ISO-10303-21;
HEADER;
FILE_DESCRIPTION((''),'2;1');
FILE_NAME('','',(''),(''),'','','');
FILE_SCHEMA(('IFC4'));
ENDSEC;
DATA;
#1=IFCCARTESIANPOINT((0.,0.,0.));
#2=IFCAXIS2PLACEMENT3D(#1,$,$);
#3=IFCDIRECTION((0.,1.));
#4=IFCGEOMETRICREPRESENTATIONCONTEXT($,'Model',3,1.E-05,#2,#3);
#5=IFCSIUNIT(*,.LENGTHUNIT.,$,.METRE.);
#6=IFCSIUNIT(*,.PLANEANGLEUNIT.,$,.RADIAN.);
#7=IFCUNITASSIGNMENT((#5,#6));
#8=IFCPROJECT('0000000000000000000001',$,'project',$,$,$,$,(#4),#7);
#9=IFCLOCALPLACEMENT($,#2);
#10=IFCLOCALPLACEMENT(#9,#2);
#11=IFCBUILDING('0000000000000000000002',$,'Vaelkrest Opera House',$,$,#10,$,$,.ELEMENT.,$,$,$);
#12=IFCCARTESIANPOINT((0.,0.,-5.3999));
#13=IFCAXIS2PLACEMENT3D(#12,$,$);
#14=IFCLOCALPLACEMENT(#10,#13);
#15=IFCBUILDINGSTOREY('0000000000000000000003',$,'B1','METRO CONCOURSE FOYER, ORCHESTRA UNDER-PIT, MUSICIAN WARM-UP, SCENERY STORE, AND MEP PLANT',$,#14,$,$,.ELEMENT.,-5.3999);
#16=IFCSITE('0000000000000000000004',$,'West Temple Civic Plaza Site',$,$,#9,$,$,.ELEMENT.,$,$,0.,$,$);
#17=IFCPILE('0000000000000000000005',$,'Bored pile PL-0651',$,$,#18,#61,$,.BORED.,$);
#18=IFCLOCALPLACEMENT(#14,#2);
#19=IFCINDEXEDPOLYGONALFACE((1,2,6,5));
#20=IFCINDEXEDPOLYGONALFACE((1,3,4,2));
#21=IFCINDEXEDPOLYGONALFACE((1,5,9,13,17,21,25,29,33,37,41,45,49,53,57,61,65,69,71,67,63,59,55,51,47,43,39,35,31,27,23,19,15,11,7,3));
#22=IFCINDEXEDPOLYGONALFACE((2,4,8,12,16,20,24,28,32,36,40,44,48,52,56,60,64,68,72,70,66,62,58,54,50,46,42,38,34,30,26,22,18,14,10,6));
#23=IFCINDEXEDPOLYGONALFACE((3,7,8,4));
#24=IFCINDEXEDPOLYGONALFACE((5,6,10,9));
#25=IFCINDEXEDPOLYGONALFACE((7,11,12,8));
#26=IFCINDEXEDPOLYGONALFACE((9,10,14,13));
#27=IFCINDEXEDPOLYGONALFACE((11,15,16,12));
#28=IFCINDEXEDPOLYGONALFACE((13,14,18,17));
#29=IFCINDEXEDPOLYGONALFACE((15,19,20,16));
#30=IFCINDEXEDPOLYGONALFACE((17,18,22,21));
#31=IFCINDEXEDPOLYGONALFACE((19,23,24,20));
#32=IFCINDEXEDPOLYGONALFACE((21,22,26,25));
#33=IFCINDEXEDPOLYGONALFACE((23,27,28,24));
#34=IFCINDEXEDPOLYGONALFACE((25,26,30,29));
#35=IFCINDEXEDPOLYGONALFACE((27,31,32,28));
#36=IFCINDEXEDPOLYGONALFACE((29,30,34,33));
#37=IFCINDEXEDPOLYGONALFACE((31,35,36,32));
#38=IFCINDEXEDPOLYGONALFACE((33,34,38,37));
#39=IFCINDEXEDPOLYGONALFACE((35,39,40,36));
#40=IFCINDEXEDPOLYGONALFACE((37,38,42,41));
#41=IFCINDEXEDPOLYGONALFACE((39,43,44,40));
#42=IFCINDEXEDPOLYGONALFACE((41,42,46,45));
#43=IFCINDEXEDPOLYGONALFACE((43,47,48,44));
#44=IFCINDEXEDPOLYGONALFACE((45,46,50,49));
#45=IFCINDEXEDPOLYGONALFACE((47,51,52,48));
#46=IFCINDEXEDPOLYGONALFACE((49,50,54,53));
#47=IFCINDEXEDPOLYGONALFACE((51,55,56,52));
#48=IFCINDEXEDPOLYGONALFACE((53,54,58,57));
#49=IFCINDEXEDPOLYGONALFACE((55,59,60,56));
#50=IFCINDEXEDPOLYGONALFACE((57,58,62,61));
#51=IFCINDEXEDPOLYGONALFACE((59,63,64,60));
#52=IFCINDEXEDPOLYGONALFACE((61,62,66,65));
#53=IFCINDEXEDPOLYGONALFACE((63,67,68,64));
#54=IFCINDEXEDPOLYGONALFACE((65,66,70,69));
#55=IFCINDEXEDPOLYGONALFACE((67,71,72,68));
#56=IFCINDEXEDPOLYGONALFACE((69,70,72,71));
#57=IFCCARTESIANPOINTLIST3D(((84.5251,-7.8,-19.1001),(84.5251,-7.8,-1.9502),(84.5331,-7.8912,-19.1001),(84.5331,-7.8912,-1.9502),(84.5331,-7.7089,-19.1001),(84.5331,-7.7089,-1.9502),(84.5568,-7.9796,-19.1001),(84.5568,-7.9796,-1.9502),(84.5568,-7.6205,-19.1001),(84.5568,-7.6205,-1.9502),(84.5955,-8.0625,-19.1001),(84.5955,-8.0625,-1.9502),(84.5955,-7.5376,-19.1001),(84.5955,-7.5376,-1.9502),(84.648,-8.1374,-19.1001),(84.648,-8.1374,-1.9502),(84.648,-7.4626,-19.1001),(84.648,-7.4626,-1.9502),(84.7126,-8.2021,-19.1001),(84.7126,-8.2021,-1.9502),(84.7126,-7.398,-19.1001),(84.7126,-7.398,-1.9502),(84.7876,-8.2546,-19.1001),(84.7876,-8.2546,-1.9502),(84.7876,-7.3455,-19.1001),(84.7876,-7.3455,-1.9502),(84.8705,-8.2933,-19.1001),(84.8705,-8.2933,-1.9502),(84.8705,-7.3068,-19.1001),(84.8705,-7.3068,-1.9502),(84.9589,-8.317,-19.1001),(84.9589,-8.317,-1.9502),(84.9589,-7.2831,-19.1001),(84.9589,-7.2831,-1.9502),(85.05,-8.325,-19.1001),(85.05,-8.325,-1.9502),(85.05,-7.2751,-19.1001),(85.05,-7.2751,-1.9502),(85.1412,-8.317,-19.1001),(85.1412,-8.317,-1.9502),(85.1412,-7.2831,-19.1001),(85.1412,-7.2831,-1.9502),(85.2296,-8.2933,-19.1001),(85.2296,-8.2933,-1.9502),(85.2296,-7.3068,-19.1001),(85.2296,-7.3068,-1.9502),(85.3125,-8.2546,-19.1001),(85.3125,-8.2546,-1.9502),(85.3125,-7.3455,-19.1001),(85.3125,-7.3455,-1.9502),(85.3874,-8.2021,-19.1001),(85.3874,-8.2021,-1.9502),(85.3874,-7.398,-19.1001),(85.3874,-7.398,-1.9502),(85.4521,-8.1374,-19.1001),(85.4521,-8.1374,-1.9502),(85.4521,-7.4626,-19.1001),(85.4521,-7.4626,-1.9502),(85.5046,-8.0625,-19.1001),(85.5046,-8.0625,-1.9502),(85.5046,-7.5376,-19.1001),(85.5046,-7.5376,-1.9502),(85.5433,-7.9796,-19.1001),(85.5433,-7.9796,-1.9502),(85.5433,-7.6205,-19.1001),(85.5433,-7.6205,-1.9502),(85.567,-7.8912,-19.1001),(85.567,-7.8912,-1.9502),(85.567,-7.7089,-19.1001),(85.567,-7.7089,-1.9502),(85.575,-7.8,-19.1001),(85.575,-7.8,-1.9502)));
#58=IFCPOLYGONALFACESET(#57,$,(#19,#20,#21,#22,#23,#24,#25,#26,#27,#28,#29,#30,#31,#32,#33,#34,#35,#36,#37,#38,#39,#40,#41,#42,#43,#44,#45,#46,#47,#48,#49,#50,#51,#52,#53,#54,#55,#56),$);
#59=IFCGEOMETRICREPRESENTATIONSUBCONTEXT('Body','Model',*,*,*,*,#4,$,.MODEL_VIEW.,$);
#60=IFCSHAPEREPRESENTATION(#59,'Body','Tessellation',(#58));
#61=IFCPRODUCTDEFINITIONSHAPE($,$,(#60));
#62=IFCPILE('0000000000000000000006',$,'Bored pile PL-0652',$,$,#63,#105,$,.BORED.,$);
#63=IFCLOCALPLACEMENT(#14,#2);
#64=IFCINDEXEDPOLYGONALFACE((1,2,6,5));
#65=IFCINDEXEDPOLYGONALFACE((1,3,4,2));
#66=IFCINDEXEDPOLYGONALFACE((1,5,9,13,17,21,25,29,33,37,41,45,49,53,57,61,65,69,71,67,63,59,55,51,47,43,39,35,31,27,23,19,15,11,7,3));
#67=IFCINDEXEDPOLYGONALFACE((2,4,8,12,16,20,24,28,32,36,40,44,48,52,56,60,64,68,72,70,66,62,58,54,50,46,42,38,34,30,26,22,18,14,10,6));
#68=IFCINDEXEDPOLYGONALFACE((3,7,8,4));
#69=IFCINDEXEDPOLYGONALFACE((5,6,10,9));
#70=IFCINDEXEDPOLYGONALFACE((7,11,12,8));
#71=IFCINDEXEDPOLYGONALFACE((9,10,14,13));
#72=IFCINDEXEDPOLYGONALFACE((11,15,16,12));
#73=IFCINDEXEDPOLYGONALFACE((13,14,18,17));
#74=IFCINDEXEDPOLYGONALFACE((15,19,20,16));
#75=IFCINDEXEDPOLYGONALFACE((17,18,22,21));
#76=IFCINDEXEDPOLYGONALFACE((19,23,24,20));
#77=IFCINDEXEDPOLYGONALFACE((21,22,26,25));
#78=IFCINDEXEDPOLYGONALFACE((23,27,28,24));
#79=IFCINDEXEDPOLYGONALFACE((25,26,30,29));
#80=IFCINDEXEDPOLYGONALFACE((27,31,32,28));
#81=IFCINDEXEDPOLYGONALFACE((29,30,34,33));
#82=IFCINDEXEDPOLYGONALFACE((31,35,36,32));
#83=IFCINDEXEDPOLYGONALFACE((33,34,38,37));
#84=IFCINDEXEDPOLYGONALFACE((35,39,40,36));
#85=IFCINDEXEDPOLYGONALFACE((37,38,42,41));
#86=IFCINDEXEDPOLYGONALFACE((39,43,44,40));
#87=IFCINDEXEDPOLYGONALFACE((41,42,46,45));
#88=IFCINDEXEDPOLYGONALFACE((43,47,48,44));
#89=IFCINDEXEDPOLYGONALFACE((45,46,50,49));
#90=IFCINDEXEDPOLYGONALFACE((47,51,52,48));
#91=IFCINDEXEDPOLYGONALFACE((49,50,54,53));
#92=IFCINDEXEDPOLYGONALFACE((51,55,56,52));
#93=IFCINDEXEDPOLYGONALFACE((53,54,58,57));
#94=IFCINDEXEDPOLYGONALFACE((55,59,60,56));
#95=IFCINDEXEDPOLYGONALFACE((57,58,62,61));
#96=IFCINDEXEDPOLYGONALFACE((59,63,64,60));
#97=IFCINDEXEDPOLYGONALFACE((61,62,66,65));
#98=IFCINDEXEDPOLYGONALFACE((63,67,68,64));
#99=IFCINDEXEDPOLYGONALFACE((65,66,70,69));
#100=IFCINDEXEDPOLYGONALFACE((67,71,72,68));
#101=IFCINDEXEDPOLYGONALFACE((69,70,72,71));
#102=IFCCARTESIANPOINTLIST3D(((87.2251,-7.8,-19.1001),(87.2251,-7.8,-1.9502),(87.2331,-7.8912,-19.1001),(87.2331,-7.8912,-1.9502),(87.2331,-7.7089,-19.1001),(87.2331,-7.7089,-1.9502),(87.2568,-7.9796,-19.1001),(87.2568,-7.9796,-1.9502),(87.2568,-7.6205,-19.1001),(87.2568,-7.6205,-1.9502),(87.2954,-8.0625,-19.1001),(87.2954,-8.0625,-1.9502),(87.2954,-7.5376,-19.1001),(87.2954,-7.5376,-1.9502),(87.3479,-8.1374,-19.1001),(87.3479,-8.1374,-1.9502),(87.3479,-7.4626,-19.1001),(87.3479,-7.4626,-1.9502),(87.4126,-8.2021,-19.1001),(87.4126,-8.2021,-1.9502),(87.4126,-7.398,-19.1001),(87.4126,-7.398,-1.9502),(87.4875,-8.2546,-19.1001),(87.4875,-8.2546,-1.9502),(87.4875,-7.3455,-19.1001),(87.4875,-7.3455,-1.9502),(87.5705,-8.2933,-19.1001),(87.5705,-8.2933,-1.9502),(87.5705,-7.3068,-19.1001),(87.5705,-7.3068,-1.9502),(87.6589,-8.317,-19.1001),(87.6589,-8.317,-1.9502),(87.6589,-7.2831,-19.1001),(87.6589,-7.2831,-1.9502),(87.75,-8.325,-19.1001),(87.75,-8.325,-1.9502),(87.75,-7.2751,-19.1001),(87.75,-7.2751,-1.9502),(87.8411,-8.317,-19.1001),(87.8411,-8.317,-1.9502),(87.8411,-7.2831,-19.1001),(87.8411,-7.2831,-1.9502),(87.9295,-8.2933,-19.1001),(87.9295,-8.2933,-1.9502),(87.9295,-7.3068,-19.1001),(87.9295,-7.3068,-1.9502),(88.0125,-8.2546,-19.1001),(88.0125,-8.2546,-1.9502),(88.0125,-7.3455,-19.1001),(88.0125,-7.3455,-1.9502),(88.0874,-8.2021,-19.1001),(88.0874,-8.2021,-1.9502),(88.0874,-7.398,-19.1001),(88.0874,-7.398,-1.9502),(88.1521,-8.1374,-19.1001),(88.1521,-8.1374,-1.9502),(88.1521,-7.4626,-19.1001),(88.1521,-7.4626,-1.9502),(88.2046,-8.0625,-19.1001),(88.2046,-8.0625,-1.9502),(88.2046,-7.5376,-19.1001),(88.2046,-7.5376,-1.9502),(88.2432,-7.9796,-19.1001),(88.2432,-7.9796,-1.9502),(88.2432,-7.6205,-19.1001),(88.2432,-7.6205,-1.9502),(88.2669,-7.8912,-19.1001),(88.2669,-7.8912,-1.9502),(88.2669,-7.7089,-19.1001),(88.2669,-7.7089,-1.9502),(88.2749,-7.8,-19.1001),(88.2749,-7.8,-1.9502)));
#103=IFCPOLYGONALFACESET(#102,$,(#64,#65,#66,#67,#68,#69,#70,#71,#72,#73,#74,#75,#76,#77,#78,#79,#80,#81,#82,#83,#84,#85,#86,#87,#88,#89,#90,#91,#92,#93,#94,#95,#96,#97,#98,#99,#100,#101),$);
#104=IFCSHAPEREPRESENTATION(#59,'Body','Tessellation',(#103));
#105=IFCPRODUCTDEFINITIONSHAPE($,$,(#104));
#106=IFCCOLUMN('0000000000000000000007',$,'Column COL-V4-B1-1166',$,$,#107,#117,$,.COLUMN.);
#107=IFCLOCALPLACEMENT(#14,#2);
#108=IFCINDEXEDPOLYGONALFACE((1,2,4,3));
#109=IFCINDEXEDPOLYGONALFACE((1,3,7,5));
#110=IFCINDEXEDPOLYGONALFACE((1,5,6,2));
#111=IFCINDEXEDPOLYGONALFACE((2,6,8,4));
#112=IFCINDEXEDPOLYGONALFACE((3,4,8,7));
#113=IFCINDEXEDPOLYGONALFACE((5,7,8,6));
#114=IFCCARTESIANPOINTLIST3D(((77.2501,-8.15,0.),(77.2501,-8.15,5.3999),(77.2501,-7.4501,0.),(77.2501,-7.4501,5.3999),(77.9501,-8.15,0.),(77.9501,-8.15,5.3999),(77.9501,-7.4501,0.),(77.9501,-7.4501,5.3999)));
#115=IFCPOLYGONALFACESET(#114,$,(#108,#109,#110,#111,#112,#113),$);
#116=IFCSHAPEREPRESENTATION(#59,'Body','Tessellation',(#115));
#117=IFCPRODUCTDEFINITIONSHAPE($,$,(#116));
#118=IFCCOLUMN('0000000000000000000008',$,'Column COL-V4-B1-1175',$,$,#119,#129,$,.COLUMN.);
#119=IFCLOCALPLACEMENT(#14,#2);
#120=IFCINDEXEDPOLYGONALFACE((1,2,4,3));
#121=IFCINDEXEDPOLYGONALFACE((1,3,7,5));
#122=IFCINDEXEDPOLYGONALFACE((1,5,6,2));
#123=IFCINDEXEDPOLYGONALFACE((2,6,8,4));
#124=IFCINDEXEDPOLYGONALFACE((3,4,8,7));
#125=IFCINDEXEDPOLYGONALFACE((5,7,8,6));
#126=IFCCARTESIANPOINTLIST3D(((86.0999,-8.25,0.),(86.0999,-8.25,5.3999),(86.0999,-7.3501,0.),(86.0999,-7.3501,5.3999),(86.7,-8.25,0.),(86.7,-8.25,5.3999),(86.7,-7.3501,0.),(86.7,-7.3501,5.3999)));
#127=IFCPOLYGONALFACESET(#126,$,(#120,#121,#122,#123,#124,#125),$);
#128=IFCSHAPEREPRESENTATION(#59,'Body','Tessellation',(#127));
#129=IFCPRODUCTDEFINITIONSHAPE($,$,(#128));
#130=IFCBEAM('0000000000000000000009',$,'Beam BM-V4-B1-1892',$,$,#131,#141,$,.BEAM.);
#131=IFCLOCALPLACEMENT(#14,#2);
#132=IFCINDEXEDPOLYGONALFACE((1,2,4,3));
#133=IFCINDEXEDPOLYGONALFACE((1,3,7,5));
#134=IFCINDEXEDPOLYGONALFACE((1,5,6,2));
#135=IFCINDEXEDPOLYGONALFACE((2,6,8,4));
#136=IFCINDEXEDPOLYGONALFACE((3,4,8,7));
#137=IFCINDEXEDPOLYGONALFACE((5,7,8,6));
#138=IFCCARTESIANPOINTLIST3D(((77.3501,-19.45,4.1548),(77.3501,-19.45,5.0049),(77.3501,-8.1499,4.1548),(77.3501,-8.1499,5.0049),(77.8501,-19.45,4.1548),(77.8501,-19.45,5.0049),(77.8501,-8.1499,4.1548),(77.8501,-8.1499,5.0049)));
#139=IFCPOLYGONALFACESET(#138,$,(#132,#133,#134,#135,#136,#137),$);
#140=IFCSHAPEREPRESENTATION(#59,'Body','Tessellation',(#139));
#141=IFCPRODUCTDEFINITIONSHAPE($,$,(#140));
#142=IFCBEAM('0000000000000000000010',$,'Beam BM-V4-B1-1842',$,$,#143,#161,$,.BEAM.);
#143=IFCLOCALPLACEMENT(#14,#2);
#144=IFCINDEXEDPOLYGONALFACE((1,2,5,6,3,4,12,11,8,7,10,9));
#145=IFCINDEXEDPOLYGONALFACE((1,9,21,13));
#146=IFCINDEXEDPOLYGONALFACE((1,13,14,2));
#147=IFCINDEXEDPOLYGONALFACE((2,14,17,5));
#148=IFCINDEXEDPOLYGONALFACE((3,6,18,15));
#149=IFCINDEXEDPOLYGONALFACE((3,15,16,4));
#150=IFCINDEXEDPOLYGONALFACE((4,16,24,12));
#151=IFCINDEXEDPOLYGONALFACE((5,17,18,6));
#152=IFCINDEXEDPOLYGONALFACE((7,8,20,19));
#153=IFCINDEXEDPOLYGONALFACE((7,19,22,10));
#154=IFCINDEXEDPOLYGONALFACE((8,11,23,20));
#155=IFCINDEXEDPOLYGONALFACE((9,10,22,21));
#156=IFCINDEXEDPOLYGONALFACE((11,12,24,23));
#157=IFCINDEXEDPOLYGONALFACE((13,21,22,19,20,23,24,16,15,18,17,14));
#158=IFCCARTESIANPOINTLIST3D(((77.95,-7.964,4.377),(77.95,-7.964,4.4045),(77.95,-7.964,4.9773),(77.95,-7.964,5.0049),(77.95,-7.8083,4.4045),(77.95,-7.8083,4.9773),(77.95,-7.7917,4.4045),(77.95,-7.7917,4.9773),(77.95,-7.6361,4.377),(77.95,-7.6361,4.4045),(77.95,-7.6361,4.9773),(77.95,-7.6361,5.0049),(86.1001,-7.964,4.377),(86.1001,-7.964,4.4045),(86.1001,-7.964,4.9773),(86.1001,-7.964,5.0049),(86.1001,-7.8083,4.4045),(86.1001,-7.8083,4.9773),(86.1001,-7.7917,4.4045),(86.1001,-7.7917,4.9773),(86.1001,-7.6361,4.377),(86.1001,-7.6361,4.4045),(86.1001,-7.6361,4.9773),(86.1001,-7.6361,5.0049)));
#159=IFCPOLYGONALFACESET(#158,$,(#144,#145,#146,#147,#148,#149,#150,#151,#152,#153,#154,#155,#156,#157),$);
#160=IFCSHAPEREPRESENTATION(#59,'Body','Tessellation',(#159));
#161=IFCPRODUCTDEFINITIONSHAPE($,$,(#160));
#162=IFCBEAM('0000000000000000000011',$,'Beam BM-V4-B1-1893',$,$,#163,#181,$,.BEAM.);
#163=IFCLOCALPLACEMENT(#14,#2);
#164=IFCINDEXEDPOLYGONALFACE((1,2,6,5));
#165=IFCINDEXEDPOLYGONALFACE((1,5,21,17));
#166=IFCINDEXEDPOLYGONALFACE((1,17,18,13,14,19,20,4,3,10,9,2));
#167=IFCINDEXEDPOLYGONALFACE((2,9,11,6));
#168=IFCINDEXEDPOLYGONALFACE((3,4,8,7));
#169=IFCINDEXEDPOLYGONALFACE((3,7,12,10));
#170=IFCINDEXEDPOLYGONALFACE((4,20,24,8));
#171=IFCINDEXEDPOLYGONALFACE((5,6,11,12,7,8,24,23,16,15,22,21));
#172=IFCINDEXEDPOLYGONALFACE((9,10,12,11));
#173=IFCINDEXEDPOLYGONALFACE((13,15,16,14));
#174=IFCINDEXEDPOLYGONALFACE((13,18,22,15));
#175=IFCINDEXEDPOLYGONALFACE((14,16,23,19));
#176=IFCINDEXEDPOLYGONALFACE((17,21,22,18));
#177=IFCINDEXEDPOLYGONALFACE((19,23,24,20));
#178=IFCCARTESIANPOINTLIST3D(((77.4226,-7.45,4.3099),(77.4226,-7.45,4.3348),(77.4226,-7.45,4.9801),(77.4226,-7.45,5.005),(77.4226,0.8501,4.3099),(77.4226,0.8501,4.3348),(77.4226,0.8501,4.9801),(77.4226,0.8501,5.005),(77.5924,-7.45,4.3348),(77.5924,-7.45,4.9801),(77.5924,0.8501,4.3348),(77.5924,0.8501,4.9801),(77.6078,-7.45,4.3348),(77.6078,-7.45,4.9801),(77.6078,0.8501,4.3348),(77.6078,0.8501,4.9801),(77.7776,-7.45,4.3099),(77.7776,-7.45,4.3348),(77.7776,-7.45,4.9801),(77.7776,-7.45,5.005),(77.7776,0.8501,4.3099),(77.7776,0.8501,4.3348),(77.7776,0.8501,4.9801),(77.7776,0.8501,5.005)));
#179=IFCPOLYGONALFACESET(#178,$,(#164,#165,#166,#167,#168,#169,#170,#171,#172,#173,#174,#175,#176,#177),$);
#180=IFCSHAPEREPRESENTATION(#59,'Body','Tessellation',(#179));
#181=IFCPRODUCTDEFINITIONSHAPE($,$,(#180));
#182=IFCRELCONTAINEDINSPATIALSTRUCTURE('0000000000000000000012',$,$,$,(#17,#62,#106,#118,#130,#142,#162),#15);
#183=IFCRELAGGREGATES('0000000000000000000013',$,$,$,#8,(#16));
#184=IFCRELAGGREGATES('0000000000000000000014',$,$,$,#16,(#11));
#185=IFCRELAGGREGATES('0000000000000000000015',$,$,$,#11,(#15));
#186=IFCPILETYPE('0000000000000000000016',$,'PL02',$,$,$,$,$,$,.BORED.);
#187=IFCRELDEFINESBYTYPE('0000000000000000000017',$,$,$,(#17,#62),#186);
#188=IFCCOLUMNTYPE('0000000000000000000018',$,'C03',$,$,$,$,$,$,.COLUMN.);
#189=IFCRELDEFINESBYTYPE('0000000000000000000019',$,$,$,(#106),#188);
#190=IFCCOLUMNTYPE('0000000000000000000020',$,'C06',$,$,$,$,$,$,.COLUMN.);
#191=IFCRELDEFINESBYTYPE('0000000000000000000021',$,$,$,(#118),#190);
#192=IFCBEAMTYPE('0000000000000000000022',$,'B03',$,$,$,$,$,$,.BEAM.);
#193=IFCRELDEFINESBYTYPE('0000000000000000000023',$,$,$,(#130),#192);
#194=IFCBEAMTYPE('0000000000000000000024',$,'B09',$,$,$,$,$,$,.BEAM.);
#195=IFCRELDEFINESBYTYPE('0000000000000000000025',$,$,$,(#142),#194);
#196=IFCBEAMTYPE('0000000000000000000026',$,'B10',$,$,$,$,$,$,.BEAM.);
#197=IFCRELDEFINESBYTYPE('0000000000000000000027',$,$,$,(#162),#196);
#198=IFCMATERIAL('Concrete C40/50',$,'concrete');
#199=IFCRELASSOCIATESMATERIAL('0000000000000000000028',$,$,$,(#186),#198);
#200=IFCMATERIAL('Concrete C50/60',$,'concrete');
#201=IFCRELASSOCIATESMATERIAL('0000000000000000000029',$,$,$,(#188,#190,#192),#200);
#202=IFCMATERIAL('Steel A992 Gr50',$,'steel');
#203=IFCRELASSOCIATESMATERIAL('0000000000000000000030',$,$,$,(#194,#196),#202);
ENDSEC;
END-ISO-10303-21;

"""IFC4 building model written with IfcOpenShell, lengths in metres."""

from ifc_helpers import new_model, si_unit, direction, frame, origin, origin_2d, place, context, subcontext, project, spatial, rectangle, circle, i_section, extrude, material, material_profile, profile_set, type_object, element, save


model = new_model("IFC4")

# Units and contexts
model_context = context("Model", 3, precision=1e-05, world=origin(), true_north=direction((0.0, 1.0)))
body_context = subcontext(model_context, "Body", "Model", "MODEL_VIEW")
ifc_project = project(units=[si_unit("LENGTHUNIT", "METRE"), si_unit("PLANEANGLEUNIT", "RADIAN")], contexts=[model_context])

# Site, building, storey
site_placement = place(None, origin())
site = spatial("IfcSite", under=ifc_project, at=site_placement, Name="West Temple Civic Plaza Site", CompositionType="ELEMENT", RefElevation=0.0)
building_placement = place(site_placement, origin())
building = spatial("IfcBuilding", under=site, at=building_placement, Name="Vaelkrest Opera House", CompositionType="ELEMENT")
storey_placement = place(building_placement, frame((0.0, 0.0, -5.3999)))
storey = spatial("IfcBuildingStorey", under=building, at=storey_placement, Name="B1", Description="METRO CONCOURSE FOYER, ORCHESTRA UNDER-PIT, MUSICIAN WARM-UP, SCENERY STORE, AND MEP PLANT", CompositionType="ELEMENT", Elevation=-5.3999)

# Shared definitions
ifc_material_1 = material(Name="Concrete C40/50", Category="concrete")

# Piles
ifc_material_profile_1 = material_profile(ifc_material_1, circle(Radius=0.5249, at=origin_2d()), Name="PILE1050")
ifc_profile_set_1 = profile_set([ifc_material_profile_1], Name="Concrete C40/50")
pile_type = type_object("IfcPileType", Name="PL02", PredefinedType="BORED", material=ifc_profile_set_1)
for number, where, z_axis, x_axis, name in (
    (1, (85.05, -7.8, -1.9502), (0.0, 0.0, -1.0), (1.0, 0.0, 0.0), "Bored pile PL-0651"),
    (2, (87.75, -7.8, -1.9502), (0.0, 0.0, -1.0), (1.0, 0.0, 0.0), "Bored pile PL-0652"),
):
    element("IfcPile", number, at=place(storey_placement, frame(where, z_axis=z_axis, x_axis=x_axis)), inside=storey, type_object=pile_type, Name=name, PredefinedType="BORED", context=body_context, shape_type="SweptSolid", body=[
        extrude(circle(Radius=0.5249, at=origin_2d()), origin(), (0.0, 0.0, 1.0), 17.1499),
    ])

# Columns
ifc_material_2 = material(Name="Concrete C50/60", Category="concrete")
ifc_material_profile_2 = material_profile(ifc_material_2, rectangle(XDim=0.7, YDim=0.7, at=origin_2d()), Name="RC700X700")
ifc_profile_set_2 = profile_set([ifc_material_profile_2], Name="Concrete C50/60")
column_type_1 = type_object("IfcColumnType", Name="C03", PredefinedType="COLUMN", material=ifc_profile_set_2)
column_1_placement = place(storey_placement, frame((77.6001, -7.8, 0.0), z_axis=(0.0, 0.0, 1.0), x_axis=(1.0, 0.0, 0.0)))
element("IfcColumn", 3, at=column_1_placement, inside=storey, type_object=column_type_1, Name="Column COL-V4-B1-1166", PredefinedType="COLUMN", context=body_context, shape_type="SweptSolid", body=[
    extrude(rectangle(XDim=0.7, YDim=0.7, at=origin_2d()), origin(), (0.0, 0.0, 1.0), 5.3999),
])
ifc_material_profile_3 = material_profile(ifc_material_2, rectangle(XDim=0.6001, YDim=0.8999, at=origin_2d()), Name="RC600X900")
ifc_profile_set_3 = profile_set([ifc_material_profile_3], Name="Concrete C50/60")
column_type_2 = type_object("IfcColumnType", Name="C06", PredefinedType="COLUMN", material=ifc_profile_set_3)
column_2_placement = place(storey_placement, frame((86.3999, -7.8, 0.0), z_axis=(0.0, 0.0, 1.0), x_axis=(1.0, 0.0, 0.0)))
element("IfcColumn", 4, at=column_2_placement, inside=storey, type_object=column_type_2, Name="Column COL-V4-B1-1175", PredefinedType="COLUMN", context=body_context, shape_type="SweptSolid", body=[
    extrude(rectangle(XDim=0.6001, YDim=0.8999, at=origin_2d()), origin(), (0.0, 0.0, 1.0), 5.3999),
])

# Beams
ifc_material_profile_4 = material_profile(ifc_material_2, rectangle(XDim=0.5, YDim=0.8501, at=origin_2d()), Name="RCB500X850")
ifc_profile_set_4 = profile_set([ifc_material_profile_4], Name="Concrete C50/60")
beam_type_1 = type_object("IfcBeamType", Name="B03", PredefinedType="BEAM", material=ifc_profile_set_4)
beam_1_placement = place(storey_placement, frame((77.6001, -19.45, 4.5798), z_axis=(0.0, 1.0, 0.0), x_axis=(-1.0, 0.0, 0.0)))
element("IfcBeam", 5, at=beam_1_placement, inside=storey, type_object=beam_type_1, Name="Beam BM-V4-B1-1892", PredefinedType="BEAM", context=body_context, shape_type="SweptSolid", body=[
    extrude(rectangle(XDim=0.5, YDim=0.8501, at=origin_2d()), origin(), (0.0, 0.0, 1.0), 11.3),
])
ifc_material_3 = material(Name="Steel A992 Gr50", Category="steel")
ifc_material_profile_5 = material_profile(ifc_material_3, i_section(OverallWidth=0.3279, OverallDepth=0.6279, WebThickness=0.0166, FlangeThickness=0.0276, at=origin_2d()), Name="W24X146")
ifc_profile_set_5 = profile_set([ifc_material_profile_5], Name="Steel A992 Gr50")
beam_type_2 = type_object("IfcBeamType", Name="B09", PredefinedType="BEAM", material=ifc_profile_set_5)
beam_2_placement = place(storey_placement, frame((77.95, -7.8, 4.6909), z_axis=(1.0, 0.0, 0.0), x_axis=(0.0, 1.0, 0.0)))
element("IfcBeam", 6, at=beam_2_placement, inside=storey, type_object=beam_type_2, Name="Beam BM-V4-B1-1842", PredefinedType="BEAM", context=body_context, shape_type="SweptSolid", body=[
    extrude(i_section(OverallWidth=0.3279, OverallDepth=0.6279, WebThickness=0.0166, FlangeThickness=0.0276, at=origin_2d()), origin(), (0.0, 0.0, 1.0), 8.1501),
])
ifc_material_profile_6 = material_profile(ifc_material_3, i_section(OverallWidth=0.355, OverallDepth=0.6951, WebThickness=0.0154, FlangeThickness=0.0249, at=origin_2d()), Name="W27X146")
ifc_profile_set_6 = profile_set([ifc_material_profile_6], Name="Steel A992 Gr50")
beam_type_3 = type_object("IfcBeamType", Name="B10", PredefinedType="BEAM", material=ifc_profile_set_6)
beam_3_placement = place(storey_placement, frame((77.6001, -7.45, 4.6575), z_axis=(0.0, 1.0, 0.0), x_axis=(-1.0, 0.0, 0.0)))
element("IfcBeam", 7, at=beam_3_placement, inside=storey, type_object=beam_type_3, Name="Beam BM-V4-B1-1893", PredefinedType="BEAM", context=body_context, shape_type="SweptSolid", body=[
    extrude(i_section(OverallWidth=0.355, OverallDepth=0.6951, WebThickness=0.0154, FlangeThickness=0.0249, at=origin_2d()), origin(), (0.0, 0.0, 1.0), 8.3),
])

save(model, "model.ifc")
